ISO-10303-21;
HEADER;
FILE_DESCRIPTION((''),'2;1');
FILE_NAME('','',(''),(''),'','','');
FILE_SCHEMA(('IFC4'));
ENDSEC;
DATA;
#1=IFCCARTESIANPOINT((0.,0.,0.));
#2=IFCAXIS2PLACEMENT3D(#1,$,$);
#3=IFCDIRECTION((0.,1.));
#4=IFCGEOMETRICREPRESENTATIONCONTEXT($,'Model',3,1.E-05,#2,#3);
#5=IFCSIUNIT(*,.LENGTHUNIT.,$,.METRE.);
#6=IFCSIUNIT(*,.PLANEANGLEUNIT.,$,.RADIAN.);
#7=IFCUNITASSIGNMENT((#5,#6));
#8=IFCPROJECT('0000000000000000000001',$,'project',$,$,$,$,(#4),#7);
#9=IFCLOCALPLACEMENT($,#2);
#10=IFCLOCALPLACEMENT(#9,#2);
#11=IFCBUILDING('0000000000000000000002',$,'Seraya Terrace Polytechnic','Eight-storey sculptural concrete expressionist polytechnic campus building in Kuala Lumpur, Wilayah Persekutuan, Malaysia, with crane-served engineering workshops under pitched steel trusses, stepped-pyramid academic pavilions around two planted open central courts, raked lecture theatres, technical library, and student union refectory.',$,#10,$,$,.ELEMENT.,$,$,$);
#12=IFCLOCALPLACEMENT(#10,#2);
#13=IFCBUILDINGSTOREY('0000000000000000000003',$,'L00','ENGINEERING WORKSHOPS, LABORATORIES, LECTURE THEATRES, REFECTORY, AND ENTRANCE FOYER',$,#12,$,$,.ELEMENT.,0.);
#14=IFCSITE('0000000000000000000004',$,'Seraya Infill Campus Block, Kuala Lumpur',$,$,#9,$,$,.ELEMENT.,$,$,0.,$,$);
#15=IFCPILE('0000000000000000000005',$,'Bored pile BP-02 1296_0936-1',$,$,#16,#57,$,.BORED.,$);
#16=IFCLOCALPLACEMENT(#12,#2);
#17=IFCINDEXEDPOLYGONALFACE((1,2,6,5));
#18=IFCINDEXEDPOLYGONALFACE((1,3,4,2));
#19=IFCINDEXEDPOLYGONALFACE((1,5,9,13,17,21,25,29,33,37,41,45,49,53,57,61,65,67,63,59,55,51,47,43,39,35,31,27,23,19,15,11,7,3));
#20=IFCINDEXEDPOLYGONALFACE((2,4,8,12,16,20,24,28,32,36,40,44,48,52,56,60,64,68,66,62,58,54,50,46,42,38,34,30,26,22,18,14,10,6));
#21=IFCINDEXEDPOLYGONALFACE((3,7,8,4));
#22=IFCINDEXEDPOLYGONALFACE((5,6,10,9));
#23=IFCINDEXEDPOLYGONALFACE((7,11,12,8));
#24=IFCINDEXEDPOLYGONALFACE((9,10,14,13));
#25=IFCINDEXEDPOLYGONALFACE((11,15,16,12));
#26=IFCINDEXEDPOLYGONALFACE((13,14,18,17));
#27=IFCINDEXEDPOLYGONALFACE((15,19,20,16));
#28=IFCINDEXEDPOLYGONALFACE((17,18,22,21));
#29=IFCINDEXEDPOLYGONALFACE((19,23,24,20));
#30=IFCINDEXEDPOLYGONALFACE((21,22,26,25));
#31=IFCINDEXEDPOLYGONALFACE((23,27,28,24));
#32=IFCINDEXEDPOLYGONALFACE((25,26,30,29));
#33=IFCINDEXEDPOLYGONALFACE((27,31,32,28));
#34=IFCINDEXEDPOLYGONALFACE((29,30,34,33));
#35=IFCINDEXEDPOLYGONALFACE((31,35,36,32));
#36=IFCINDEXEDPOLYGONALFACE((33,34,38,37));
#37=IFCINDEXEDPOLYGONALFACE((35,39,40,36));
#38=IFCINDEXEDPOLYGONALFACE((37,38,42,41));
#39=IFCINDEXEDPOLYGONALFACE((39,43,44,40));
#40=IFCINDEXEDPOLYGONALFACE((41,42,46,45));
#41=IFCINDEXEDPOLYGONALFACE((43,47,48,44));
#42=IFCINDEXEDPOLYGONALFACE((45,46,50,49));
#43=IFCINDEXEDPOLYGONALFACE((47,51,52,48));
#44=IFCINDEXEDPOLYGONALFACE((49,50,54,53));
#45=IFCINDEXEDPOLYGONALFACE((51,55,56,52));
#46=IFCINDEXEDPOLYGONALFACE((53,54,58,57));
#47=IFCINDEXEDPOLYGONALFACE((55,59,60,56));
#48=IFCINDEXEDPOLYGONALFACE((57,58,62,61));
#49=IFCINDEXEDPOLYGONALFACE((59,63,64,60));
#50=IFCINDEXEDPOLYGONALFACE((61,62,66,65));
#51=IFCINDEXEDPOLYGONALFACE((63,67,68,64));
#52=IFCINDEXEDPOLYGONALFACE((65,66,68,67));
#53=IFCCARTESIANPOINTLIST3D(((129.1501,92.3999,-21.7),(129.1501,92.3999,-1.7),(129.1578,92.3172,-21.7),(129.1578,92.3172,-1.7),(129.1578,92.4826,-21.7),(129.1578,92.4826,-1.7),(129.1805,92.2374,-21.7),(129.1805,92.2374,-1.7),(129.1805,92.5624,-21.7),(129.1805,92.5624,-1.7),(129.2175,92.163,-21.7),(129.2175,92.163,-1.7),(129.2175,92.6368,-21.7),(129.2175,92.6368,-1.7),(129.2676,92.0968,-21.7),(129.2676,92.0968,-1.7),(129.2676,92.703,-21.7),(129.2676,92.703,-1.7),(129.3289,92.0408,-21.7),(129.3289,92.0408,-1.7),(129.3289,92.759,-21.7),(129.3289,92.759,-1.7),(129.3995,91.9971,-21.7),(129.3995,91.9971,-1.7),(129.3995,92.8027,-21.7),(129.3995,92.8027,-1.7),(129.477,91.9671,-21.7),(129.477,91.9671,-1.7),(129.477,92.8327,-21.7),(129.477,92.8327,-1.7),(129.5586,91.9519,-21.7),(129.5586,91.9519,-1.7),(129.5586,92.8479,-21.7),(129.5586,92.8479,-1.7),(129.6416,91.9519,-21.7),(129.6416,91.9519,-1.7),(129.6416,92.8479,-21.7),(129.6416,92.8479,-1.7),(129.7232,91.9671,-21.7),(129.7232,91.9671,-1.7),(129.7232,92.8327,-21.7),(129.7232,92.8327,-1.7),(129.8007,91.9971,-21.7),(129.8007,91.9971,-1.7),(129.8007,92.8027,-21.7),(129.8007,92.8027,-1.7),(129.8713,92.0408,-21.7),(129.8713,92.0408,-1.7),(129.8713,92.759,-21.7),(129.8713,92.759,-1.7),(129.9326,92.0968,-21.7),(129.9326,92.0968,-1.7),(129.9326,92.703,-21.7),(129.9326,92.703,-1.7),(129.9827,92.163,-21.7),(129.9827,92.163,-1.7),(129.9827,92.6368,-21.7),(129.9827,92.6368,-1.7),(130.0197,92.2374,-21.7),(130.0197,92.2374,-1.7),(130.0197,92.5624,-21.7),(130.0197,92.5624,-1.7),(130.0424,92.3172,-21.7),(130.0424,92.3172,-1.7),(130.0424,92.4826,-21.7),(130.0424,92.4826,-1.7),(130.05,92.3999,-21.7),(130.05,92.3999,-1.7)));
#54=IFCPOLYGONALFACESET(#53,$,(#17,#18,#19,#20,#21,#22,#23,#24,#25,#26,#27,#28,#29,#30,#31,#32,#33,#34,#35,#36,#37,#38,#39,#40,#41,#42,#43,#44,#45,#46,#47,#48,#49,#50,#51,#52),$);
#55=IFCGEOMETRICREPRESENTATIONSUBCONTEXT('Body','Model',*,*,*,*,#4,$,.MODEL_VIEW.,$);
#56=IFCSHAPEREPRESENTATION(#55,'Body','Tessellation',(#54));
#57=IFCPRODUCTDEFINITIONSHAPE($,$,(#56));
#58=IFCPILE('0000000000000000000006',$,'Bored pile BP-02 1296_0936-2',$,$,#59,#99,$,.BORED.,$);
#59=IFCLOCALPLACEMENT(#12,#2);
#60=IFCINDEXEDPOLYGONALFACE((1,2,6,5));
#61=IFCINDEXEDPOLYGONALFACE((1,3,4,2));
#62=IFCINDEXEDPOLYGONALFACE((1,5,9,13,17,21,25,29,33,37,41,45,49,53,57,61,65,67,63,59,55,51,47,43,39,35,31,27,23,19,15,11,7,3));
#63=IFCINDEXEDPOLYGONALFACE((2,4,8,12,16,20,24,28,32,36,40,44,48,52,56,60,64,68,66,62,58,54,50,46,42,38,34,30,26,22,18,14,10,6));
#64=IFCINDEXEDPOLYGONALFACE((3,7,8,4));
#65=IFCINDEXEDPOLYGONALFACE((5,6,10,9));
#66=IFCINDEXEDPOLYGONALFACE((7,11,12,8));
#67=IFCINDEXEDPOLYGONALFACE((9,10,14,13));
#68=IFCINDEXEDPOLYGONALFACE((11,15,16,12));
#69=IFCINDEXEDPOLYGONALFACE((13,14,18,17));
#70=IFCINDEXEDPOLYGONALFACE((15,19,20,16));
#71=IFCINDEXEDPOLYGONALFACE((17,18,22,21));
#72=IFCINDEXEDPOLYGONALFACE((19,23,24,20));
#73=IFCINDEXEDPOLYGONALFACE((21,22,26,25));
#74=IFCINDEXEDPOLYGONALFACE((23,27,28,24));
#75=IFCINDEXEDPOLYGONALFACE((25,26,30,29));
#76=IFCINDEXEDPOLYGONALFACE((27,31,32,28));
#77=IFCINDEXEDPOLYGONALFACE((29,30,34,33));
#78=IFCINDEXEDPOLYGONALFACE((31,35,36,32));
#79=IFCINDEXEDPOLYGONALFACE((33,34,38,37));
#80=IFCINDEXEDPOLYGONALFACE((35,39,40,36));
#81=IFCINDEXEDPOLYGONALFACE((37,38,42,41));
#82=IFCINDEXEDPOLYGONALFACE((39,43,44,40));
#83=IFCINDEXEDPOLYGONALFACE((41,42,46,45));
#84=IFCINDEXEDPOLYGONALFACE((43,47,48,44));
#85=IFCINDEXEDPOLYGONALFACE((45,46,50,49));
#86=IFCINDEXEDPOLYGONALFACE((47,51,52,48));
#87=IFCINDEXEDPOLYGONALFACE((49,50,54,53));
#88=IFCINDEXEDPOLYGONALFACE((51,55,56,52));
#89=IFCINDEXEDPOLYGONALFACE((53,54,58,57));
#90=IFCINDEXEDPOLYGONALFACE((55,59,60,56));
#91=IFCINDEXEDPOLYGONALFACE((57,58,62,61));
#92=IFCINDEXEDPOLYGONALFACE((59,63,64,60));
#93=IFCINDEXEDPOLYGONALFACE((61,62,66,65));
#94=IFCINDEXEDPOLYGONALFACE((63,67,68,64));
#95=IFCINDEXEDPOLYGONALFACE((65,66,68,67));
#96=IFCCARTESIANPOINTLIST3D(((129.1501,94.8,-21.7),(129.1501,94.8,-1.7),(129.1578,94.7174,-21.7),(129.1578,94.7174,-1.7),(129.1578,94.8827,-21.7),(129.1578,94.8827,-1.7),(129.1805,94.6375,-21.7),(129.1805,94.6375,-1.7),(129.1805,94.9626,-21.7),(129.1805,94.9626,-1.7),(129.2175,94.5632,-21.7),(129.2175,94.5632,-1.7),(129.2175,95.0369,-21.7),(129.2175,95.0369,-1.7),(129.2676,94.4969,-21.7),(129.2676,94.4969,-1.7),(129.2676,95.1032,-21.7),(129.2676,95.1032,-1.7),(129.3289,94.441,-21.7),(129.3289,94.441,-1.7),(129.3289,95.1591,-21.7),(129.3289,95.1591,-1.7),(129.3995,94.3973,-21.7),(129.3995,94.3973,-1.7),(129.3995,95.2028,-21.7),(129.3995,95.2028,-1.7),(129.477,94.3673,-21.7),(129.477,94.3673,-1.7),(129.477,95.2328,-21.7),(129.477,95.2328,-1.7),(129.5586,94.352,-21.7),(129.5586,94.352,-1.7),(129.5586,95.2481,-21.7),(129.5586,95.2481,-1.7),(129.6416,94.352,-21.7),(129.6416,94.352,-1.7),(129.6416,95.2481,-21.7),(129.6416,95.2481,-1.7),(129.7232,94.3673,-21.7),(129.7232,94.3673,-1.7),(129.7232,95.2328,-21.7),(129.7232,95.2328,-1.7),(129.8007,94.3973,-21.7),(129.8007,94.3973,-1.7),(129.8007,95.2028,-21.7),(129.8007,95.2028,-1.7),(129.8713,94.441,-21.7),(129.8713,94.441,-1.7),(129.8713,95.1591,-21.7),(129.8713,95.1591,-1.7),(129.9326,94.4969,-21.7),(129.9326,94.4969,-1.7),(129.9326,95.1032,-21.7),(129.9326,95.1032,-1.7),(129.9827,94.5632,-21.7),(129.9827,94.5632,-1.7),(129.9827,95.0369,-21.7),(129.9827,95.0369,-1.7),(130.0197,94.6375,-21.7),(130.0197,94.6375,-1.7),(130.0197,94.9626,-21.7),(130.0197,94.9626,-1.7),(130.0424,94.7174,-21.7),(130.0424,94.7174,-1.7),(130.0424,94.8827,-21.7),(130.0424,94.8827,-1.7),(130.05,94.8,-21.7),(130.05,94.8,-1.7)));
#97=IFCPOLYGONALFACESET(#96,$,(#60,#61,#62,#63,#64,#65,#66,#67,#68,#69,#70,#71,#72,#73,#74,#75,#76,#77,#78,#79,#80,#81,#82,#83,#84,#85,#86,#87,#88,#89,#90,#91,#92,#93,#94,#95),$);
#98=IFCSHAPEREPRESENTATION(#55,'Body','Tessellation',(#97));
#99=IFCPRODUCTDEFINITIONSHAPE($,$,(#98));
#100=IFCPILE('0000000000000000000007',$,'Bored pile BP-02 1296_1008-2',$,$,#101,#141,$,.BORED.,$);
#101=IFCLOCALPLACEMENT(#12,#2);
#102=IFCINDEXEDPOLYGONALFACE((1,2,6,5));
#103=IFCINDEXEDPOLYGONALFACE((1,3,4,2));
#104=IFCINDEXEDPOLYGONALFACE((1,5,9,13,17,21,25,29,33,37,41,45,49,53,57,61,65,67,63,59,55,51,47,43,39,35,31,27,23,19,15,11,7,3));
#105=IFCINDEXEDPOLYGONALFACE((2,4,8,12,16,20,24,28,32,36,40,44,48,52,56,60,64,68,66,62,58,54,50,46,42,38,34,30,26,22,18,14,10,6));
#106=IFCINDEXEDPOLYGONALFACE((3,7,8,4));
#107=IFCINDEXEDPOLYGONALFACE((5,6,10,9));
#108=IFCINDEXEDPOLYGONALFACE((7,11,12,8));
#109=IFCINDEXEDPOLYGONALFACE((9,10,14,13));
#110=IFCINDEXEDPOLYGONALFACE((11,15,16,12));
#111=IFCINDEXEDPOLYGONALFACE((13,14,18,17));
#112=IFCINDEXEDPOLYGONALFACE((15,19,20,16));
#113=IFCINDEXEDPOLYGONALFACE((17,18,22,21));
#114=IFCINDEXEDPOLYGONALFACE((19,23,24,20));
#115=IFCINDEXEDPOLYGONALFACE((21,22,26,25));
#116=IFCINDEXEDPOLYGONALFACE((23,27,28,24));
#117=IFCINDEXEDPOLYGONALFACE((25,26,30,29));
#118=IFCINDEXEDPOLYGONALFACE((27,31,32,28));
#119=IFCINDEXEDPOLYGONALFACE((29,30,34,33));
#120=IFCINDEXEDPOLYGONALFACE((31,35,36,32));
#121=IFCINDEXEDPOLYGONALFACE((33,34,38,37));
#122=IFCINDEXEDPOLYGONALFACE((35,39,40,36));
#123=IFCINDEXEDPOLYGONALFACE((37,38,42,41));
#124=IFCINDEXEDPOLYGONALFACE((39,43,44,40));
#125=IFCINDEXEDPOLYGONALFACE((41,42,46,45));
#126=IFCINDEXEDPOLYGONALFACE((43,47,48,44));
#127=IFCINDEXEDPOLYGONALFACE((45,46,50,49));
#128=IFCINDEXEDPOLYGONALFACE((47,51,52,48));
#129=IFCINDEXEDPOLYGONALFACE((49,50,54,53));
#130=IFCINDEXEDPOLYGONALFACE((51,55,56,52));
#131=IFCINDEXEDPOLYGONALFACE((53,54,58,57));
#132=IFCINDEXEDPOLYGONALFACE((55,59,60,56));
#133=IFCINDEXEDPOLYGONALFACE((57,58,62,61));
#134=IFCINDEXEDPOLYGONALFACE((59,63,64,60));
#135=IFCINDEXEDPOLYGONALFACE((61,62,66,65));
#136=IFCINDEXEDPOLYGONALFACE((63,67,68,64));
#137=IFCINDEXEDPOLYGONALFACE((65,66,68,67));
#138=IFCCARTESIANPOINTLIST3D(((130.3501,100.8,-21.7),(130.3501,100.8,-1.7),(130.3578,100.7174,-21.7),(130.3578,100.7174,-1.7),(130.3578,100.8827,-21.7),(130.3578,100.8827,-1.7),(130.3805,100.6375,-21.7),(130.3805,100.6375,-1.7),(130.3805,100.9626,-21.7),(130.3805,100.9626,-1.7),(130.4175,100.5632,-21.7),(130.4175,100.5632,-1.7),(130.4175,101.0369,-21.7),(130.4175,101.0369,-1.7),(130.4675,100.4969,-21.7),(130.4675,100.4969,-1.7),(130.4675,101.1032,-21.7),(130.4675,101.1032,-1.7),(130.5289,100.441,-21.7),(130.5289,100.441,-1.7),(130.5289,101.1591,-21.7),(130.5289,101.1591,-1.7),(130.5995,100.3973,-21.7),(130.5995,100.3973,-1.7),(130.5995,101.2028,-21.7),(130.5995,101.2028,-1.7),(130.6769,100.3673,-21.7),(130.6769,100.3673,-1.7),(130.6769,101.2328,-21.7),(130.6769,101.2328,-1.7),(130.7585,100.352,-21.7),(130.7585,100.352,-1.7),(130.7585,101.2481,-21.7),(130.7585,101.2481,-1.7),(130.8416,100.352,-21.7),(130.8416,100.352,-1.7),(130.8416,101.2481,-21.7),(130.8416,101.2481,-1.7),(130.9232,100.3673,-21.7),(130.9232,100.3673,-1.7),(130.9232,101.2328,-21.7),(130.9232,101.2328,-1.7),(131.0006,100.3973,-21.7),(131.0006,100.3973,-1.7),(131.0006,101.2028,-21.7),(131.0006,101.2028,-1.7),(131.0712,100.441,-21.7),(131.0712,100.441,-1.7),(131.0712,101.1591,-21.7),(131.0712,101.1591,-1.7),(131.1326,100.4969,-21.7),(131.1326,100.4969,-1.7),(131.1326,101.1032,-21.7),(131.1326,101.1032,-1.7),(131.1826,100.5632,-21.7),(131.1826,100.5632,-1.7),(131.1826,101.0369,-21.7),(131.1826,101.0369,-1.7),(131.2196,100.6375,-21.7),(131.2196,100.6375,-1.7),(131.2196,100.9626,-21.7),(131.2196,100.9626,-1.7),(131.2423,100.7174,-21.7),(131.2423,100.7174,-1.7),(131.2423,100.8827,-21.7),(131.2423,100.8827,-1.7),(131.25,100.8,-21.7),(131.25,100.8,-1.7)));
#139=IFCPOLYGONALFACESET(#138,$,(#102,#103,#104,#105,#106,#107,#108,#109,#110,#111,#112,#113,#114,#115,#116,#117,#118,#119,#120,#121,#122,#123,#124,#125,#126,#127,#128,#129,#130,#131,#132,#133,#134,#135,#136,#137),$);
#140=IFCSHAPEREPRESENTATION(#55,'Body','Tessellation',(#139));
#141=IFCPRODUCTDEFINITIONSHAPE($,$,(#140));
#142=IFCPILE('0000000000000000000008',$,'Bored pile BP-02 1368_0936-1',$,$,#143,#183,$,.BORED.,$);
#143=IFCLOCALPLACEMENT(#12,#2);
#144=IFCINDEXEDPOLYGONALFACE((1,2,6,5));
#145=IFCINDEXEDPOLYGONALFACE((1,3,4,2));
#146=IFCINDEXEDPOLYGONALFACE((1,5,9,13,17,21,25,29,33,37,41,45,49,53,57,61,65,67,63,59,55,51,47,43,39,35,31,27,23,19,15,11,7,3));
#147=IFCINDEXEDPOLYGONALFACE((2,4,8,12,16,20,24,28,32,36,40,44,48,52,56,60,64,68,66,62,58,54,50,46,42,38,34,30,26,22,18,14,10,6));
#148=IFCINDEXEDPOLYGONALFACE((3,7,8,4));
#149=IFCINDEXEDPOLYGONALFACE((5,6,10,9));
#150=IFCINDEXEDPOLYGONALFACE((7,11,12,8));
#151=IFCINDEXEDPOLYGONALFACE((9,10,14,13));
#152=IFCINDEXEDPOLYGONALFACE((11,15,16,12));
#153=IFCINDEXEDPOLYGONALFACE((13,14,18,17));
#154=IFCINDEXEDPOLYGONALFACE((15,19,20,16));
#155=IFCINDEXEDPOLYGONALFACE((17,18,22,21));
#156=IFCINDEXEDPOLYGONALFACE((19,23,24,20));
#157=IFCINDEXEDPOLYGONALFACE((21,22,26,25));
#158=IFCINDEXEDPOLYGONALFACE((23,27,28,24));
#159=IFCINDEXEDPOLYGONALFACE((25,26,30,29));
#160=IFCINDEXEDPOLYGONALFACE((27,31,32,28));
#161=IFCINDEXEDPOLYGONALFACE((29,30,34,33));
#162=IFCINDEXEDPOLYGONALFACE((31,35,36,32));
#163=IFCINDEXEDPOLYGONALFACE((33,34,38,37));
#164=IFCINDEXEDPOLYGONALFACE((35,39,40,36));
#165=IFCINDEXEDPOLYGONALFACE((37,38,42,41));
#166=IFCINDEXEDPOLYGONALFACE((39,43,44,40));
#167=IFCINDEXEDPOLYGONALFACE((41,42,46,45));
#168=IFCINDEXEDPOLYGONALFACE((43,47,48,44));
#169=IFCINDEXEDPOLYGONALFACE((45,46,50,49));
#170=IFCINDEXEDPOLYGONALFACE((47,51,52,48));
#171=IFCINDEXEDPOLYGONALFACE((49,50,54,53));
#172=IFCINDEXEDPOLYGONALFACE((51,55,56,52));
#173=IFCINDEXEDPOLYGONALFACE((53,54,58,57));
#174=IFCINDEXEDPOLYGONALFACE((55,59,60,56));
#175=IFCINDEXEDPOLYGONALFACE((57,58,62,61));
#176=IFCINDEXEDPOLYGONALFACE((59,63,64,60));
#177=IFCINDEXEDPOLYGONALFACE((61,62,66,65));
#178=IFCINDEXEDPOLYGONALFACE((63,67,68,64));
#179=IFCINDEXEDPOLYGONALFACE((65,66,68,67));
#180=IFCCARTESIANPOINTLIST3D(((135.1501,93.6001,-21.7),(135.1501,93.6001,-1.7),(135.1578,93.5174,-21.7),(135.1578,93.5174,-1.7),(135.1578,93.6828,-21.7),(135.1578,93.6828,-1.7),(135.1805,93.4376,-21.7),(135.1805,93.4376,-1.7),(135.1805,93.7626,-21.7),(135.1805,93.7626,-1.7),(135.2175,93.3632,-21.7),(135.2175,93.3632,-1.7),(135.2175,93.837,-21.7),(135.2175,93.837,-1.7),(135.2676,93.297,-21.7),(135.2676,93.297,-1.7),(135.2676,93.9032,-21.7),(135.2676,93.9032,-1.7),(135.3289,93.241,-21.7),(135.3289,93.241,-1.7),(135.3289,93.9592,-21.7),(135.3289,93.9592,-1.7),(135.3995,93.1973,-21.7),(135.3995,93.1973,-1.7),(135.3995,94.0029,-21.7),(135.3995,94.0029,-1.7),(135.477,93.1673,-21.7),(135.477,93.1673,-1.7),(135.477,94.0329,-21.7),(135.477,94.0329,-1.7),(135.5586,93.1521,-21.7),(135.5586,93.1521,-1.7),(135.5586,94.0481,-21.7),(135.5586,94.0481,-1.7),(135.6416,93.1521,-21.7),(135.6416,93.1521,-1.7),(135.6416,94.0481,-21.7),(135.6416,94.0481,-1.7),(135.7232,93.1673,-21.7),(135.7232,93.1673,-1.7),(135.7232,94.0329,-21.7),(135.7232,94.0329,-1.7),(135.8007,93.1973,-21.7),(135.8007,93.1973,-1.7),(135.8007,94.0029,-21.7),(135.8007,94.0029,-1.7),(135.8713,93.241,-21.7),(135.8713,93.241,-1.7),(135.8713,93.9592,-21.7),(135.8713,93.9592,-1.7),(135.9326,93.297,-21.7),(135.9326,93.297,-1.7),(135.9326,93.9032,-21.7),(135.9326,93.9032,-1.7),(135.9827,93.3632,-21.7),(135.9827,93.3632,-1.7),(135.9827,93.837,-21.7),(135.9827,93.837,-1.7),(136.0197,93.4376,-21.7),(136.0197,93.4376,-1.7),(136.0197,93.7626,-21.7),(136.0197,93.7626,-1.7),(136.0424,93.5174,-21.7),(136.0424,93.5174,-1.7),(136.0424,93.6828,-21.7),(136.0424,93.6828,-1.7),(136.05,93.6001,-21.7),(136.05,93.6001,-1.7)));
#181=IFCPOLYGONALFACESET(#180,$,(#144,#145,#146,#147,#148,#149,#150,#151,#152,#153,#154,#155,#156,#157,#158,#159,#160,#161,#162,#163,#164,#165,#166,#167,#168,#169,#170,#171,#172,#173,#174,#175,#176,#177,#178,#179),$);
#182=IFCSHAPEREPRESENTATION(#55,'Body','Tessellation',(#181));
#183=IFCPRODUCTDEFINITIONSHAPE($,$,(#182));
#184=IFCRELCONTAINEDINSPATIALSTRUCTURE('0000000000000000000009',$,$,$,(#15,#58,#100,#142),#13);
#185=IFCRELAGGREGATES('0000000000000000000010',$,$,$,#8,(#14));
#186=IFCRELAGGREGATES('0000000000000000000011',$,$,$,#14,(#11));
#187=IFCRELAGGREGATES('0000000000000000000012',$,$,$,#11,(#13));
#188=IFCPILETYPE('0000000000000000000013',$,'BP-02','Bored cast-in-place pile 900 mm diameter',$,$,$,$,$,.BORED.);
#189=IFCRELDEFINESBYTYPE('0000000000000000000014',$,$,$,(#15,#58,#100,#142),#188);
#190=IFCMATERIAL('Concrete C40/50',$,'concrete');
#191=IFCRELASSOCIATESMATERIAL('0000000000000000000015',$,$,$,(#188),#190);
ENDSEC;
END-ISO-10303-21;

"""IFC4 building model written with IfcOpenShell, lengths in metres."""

from ifc_helpers import new_model, si_unit, direction, frame, origin, origin_2d, place, context, subcontext, project, spatial, circle, extrude, material, material_profile, profile_set, type_object, element, save


model = new_model("IFC4")

# Units and contexts
model_context = context("Model", 3, precision=1e-05, world=origin(), true_north=direction((0.0, 1.0)))
body_context = subcontext(model_context, "Body", "Model", "MODEL_VIEW")
ifc_project = project(units=[si_unit("LENGTHUNIT", "METRE"), si_unit("PLANEANGLEUNIT", "RADIAN")], contexts=[model_context])

# Site, building, storey
site_placement = place(None, origin())
site = spatial("IfcSite", under=ifc_project, at=site_placement, Name="Seraya Infill Campus Block, Kuala Lumpur", CompositionType="ELEMENT", RefElevation=0.0)
building_placement = place(site_placement, origin())
building = spatial("IfcBuilding", under=site, at=building_placement, Name="Seraya Terrace Polytechnic", Description="Eight-storey sculptural concrete expressionist polytechnic campus building in Kuala Lumpur, Wilayah Persekutuan, Malaysia, with crane-served engineering workshops under pitched steel trusses, stepped-pyramid academic pavilions around two planted open central courts, raked lecture theatres, technical library, and student union refectory.", CompositionType="ELEMENT")
storey_placement = place(building_placement, origin())
storey = spatial("IfcBuildingStorey", under=building, at=storey_placement, Name="L00", Description="ENGINEERING WORKSHOPS, LABORATORIES, LECTURE THEATRES, REFECTORY, AND ENTRANCE FOYER", CompositionType="ELEMENT", Elevation=0.0)

# Piles
ifc_material_1 = material(Name="Concrete C40/50", Category="concrete")
ifc_material_profile_1 = material_profile(ifc_material_1, circle(Radius=0.45, at=origin_2d()), Name="DIA 900")
ifc_profile_set_1 = profile_set([ifc_material_profile_1], Name="Concrete C40/50")
pile_type = type_object("IfcPileType", Name="BP-02", Description="Bored cast-in-place pile 900 mm diameter", PredefinedType="BORED", material=ifc_profile_set_1)
for number, where, z_axis, x_axis, name in (
    (1, (129.6001, 92.3999, -1.7), (0.0, 0.0, -1.0), (1.0, 0.0, 0.0), "Bored pile BP-02 1296_0936-1"),
    (2, (129.6001, 94.8, -1.7), (0.0, 0.0, -1.0), (1.0, 0.0, 0.0), "Bored pile BP-02 1296_0936-2"),
    (3, (130.8, 100.8, -1.7), (0.0, 0.0, -1.0), (1.0, 0.0, 0.0), "Bored pile BP-02 1296_1008-2"),
    (4, (135.6001, 93.6001, -1.7), (0.0, 0.0, -1.0), (1.0, 0.0, 0.0), "Bored pile BP-02 1368_0936-1"),
):
    element("IfcPile", number, at=place(storey_placement, frame(where, z_axis=z_axis, x_axis=x_axis)), inside=storey, type_object=pile_type, Name=name, PredefinedType="BORED", context=body_context, shape_type="SweptSolid", body=[
        extrude(circle(Radius=0.45, at=origin_2d()), origin(), (0.0, 0.0, 1.0), 20.0),
    ])

save(model, "model.ifc")
